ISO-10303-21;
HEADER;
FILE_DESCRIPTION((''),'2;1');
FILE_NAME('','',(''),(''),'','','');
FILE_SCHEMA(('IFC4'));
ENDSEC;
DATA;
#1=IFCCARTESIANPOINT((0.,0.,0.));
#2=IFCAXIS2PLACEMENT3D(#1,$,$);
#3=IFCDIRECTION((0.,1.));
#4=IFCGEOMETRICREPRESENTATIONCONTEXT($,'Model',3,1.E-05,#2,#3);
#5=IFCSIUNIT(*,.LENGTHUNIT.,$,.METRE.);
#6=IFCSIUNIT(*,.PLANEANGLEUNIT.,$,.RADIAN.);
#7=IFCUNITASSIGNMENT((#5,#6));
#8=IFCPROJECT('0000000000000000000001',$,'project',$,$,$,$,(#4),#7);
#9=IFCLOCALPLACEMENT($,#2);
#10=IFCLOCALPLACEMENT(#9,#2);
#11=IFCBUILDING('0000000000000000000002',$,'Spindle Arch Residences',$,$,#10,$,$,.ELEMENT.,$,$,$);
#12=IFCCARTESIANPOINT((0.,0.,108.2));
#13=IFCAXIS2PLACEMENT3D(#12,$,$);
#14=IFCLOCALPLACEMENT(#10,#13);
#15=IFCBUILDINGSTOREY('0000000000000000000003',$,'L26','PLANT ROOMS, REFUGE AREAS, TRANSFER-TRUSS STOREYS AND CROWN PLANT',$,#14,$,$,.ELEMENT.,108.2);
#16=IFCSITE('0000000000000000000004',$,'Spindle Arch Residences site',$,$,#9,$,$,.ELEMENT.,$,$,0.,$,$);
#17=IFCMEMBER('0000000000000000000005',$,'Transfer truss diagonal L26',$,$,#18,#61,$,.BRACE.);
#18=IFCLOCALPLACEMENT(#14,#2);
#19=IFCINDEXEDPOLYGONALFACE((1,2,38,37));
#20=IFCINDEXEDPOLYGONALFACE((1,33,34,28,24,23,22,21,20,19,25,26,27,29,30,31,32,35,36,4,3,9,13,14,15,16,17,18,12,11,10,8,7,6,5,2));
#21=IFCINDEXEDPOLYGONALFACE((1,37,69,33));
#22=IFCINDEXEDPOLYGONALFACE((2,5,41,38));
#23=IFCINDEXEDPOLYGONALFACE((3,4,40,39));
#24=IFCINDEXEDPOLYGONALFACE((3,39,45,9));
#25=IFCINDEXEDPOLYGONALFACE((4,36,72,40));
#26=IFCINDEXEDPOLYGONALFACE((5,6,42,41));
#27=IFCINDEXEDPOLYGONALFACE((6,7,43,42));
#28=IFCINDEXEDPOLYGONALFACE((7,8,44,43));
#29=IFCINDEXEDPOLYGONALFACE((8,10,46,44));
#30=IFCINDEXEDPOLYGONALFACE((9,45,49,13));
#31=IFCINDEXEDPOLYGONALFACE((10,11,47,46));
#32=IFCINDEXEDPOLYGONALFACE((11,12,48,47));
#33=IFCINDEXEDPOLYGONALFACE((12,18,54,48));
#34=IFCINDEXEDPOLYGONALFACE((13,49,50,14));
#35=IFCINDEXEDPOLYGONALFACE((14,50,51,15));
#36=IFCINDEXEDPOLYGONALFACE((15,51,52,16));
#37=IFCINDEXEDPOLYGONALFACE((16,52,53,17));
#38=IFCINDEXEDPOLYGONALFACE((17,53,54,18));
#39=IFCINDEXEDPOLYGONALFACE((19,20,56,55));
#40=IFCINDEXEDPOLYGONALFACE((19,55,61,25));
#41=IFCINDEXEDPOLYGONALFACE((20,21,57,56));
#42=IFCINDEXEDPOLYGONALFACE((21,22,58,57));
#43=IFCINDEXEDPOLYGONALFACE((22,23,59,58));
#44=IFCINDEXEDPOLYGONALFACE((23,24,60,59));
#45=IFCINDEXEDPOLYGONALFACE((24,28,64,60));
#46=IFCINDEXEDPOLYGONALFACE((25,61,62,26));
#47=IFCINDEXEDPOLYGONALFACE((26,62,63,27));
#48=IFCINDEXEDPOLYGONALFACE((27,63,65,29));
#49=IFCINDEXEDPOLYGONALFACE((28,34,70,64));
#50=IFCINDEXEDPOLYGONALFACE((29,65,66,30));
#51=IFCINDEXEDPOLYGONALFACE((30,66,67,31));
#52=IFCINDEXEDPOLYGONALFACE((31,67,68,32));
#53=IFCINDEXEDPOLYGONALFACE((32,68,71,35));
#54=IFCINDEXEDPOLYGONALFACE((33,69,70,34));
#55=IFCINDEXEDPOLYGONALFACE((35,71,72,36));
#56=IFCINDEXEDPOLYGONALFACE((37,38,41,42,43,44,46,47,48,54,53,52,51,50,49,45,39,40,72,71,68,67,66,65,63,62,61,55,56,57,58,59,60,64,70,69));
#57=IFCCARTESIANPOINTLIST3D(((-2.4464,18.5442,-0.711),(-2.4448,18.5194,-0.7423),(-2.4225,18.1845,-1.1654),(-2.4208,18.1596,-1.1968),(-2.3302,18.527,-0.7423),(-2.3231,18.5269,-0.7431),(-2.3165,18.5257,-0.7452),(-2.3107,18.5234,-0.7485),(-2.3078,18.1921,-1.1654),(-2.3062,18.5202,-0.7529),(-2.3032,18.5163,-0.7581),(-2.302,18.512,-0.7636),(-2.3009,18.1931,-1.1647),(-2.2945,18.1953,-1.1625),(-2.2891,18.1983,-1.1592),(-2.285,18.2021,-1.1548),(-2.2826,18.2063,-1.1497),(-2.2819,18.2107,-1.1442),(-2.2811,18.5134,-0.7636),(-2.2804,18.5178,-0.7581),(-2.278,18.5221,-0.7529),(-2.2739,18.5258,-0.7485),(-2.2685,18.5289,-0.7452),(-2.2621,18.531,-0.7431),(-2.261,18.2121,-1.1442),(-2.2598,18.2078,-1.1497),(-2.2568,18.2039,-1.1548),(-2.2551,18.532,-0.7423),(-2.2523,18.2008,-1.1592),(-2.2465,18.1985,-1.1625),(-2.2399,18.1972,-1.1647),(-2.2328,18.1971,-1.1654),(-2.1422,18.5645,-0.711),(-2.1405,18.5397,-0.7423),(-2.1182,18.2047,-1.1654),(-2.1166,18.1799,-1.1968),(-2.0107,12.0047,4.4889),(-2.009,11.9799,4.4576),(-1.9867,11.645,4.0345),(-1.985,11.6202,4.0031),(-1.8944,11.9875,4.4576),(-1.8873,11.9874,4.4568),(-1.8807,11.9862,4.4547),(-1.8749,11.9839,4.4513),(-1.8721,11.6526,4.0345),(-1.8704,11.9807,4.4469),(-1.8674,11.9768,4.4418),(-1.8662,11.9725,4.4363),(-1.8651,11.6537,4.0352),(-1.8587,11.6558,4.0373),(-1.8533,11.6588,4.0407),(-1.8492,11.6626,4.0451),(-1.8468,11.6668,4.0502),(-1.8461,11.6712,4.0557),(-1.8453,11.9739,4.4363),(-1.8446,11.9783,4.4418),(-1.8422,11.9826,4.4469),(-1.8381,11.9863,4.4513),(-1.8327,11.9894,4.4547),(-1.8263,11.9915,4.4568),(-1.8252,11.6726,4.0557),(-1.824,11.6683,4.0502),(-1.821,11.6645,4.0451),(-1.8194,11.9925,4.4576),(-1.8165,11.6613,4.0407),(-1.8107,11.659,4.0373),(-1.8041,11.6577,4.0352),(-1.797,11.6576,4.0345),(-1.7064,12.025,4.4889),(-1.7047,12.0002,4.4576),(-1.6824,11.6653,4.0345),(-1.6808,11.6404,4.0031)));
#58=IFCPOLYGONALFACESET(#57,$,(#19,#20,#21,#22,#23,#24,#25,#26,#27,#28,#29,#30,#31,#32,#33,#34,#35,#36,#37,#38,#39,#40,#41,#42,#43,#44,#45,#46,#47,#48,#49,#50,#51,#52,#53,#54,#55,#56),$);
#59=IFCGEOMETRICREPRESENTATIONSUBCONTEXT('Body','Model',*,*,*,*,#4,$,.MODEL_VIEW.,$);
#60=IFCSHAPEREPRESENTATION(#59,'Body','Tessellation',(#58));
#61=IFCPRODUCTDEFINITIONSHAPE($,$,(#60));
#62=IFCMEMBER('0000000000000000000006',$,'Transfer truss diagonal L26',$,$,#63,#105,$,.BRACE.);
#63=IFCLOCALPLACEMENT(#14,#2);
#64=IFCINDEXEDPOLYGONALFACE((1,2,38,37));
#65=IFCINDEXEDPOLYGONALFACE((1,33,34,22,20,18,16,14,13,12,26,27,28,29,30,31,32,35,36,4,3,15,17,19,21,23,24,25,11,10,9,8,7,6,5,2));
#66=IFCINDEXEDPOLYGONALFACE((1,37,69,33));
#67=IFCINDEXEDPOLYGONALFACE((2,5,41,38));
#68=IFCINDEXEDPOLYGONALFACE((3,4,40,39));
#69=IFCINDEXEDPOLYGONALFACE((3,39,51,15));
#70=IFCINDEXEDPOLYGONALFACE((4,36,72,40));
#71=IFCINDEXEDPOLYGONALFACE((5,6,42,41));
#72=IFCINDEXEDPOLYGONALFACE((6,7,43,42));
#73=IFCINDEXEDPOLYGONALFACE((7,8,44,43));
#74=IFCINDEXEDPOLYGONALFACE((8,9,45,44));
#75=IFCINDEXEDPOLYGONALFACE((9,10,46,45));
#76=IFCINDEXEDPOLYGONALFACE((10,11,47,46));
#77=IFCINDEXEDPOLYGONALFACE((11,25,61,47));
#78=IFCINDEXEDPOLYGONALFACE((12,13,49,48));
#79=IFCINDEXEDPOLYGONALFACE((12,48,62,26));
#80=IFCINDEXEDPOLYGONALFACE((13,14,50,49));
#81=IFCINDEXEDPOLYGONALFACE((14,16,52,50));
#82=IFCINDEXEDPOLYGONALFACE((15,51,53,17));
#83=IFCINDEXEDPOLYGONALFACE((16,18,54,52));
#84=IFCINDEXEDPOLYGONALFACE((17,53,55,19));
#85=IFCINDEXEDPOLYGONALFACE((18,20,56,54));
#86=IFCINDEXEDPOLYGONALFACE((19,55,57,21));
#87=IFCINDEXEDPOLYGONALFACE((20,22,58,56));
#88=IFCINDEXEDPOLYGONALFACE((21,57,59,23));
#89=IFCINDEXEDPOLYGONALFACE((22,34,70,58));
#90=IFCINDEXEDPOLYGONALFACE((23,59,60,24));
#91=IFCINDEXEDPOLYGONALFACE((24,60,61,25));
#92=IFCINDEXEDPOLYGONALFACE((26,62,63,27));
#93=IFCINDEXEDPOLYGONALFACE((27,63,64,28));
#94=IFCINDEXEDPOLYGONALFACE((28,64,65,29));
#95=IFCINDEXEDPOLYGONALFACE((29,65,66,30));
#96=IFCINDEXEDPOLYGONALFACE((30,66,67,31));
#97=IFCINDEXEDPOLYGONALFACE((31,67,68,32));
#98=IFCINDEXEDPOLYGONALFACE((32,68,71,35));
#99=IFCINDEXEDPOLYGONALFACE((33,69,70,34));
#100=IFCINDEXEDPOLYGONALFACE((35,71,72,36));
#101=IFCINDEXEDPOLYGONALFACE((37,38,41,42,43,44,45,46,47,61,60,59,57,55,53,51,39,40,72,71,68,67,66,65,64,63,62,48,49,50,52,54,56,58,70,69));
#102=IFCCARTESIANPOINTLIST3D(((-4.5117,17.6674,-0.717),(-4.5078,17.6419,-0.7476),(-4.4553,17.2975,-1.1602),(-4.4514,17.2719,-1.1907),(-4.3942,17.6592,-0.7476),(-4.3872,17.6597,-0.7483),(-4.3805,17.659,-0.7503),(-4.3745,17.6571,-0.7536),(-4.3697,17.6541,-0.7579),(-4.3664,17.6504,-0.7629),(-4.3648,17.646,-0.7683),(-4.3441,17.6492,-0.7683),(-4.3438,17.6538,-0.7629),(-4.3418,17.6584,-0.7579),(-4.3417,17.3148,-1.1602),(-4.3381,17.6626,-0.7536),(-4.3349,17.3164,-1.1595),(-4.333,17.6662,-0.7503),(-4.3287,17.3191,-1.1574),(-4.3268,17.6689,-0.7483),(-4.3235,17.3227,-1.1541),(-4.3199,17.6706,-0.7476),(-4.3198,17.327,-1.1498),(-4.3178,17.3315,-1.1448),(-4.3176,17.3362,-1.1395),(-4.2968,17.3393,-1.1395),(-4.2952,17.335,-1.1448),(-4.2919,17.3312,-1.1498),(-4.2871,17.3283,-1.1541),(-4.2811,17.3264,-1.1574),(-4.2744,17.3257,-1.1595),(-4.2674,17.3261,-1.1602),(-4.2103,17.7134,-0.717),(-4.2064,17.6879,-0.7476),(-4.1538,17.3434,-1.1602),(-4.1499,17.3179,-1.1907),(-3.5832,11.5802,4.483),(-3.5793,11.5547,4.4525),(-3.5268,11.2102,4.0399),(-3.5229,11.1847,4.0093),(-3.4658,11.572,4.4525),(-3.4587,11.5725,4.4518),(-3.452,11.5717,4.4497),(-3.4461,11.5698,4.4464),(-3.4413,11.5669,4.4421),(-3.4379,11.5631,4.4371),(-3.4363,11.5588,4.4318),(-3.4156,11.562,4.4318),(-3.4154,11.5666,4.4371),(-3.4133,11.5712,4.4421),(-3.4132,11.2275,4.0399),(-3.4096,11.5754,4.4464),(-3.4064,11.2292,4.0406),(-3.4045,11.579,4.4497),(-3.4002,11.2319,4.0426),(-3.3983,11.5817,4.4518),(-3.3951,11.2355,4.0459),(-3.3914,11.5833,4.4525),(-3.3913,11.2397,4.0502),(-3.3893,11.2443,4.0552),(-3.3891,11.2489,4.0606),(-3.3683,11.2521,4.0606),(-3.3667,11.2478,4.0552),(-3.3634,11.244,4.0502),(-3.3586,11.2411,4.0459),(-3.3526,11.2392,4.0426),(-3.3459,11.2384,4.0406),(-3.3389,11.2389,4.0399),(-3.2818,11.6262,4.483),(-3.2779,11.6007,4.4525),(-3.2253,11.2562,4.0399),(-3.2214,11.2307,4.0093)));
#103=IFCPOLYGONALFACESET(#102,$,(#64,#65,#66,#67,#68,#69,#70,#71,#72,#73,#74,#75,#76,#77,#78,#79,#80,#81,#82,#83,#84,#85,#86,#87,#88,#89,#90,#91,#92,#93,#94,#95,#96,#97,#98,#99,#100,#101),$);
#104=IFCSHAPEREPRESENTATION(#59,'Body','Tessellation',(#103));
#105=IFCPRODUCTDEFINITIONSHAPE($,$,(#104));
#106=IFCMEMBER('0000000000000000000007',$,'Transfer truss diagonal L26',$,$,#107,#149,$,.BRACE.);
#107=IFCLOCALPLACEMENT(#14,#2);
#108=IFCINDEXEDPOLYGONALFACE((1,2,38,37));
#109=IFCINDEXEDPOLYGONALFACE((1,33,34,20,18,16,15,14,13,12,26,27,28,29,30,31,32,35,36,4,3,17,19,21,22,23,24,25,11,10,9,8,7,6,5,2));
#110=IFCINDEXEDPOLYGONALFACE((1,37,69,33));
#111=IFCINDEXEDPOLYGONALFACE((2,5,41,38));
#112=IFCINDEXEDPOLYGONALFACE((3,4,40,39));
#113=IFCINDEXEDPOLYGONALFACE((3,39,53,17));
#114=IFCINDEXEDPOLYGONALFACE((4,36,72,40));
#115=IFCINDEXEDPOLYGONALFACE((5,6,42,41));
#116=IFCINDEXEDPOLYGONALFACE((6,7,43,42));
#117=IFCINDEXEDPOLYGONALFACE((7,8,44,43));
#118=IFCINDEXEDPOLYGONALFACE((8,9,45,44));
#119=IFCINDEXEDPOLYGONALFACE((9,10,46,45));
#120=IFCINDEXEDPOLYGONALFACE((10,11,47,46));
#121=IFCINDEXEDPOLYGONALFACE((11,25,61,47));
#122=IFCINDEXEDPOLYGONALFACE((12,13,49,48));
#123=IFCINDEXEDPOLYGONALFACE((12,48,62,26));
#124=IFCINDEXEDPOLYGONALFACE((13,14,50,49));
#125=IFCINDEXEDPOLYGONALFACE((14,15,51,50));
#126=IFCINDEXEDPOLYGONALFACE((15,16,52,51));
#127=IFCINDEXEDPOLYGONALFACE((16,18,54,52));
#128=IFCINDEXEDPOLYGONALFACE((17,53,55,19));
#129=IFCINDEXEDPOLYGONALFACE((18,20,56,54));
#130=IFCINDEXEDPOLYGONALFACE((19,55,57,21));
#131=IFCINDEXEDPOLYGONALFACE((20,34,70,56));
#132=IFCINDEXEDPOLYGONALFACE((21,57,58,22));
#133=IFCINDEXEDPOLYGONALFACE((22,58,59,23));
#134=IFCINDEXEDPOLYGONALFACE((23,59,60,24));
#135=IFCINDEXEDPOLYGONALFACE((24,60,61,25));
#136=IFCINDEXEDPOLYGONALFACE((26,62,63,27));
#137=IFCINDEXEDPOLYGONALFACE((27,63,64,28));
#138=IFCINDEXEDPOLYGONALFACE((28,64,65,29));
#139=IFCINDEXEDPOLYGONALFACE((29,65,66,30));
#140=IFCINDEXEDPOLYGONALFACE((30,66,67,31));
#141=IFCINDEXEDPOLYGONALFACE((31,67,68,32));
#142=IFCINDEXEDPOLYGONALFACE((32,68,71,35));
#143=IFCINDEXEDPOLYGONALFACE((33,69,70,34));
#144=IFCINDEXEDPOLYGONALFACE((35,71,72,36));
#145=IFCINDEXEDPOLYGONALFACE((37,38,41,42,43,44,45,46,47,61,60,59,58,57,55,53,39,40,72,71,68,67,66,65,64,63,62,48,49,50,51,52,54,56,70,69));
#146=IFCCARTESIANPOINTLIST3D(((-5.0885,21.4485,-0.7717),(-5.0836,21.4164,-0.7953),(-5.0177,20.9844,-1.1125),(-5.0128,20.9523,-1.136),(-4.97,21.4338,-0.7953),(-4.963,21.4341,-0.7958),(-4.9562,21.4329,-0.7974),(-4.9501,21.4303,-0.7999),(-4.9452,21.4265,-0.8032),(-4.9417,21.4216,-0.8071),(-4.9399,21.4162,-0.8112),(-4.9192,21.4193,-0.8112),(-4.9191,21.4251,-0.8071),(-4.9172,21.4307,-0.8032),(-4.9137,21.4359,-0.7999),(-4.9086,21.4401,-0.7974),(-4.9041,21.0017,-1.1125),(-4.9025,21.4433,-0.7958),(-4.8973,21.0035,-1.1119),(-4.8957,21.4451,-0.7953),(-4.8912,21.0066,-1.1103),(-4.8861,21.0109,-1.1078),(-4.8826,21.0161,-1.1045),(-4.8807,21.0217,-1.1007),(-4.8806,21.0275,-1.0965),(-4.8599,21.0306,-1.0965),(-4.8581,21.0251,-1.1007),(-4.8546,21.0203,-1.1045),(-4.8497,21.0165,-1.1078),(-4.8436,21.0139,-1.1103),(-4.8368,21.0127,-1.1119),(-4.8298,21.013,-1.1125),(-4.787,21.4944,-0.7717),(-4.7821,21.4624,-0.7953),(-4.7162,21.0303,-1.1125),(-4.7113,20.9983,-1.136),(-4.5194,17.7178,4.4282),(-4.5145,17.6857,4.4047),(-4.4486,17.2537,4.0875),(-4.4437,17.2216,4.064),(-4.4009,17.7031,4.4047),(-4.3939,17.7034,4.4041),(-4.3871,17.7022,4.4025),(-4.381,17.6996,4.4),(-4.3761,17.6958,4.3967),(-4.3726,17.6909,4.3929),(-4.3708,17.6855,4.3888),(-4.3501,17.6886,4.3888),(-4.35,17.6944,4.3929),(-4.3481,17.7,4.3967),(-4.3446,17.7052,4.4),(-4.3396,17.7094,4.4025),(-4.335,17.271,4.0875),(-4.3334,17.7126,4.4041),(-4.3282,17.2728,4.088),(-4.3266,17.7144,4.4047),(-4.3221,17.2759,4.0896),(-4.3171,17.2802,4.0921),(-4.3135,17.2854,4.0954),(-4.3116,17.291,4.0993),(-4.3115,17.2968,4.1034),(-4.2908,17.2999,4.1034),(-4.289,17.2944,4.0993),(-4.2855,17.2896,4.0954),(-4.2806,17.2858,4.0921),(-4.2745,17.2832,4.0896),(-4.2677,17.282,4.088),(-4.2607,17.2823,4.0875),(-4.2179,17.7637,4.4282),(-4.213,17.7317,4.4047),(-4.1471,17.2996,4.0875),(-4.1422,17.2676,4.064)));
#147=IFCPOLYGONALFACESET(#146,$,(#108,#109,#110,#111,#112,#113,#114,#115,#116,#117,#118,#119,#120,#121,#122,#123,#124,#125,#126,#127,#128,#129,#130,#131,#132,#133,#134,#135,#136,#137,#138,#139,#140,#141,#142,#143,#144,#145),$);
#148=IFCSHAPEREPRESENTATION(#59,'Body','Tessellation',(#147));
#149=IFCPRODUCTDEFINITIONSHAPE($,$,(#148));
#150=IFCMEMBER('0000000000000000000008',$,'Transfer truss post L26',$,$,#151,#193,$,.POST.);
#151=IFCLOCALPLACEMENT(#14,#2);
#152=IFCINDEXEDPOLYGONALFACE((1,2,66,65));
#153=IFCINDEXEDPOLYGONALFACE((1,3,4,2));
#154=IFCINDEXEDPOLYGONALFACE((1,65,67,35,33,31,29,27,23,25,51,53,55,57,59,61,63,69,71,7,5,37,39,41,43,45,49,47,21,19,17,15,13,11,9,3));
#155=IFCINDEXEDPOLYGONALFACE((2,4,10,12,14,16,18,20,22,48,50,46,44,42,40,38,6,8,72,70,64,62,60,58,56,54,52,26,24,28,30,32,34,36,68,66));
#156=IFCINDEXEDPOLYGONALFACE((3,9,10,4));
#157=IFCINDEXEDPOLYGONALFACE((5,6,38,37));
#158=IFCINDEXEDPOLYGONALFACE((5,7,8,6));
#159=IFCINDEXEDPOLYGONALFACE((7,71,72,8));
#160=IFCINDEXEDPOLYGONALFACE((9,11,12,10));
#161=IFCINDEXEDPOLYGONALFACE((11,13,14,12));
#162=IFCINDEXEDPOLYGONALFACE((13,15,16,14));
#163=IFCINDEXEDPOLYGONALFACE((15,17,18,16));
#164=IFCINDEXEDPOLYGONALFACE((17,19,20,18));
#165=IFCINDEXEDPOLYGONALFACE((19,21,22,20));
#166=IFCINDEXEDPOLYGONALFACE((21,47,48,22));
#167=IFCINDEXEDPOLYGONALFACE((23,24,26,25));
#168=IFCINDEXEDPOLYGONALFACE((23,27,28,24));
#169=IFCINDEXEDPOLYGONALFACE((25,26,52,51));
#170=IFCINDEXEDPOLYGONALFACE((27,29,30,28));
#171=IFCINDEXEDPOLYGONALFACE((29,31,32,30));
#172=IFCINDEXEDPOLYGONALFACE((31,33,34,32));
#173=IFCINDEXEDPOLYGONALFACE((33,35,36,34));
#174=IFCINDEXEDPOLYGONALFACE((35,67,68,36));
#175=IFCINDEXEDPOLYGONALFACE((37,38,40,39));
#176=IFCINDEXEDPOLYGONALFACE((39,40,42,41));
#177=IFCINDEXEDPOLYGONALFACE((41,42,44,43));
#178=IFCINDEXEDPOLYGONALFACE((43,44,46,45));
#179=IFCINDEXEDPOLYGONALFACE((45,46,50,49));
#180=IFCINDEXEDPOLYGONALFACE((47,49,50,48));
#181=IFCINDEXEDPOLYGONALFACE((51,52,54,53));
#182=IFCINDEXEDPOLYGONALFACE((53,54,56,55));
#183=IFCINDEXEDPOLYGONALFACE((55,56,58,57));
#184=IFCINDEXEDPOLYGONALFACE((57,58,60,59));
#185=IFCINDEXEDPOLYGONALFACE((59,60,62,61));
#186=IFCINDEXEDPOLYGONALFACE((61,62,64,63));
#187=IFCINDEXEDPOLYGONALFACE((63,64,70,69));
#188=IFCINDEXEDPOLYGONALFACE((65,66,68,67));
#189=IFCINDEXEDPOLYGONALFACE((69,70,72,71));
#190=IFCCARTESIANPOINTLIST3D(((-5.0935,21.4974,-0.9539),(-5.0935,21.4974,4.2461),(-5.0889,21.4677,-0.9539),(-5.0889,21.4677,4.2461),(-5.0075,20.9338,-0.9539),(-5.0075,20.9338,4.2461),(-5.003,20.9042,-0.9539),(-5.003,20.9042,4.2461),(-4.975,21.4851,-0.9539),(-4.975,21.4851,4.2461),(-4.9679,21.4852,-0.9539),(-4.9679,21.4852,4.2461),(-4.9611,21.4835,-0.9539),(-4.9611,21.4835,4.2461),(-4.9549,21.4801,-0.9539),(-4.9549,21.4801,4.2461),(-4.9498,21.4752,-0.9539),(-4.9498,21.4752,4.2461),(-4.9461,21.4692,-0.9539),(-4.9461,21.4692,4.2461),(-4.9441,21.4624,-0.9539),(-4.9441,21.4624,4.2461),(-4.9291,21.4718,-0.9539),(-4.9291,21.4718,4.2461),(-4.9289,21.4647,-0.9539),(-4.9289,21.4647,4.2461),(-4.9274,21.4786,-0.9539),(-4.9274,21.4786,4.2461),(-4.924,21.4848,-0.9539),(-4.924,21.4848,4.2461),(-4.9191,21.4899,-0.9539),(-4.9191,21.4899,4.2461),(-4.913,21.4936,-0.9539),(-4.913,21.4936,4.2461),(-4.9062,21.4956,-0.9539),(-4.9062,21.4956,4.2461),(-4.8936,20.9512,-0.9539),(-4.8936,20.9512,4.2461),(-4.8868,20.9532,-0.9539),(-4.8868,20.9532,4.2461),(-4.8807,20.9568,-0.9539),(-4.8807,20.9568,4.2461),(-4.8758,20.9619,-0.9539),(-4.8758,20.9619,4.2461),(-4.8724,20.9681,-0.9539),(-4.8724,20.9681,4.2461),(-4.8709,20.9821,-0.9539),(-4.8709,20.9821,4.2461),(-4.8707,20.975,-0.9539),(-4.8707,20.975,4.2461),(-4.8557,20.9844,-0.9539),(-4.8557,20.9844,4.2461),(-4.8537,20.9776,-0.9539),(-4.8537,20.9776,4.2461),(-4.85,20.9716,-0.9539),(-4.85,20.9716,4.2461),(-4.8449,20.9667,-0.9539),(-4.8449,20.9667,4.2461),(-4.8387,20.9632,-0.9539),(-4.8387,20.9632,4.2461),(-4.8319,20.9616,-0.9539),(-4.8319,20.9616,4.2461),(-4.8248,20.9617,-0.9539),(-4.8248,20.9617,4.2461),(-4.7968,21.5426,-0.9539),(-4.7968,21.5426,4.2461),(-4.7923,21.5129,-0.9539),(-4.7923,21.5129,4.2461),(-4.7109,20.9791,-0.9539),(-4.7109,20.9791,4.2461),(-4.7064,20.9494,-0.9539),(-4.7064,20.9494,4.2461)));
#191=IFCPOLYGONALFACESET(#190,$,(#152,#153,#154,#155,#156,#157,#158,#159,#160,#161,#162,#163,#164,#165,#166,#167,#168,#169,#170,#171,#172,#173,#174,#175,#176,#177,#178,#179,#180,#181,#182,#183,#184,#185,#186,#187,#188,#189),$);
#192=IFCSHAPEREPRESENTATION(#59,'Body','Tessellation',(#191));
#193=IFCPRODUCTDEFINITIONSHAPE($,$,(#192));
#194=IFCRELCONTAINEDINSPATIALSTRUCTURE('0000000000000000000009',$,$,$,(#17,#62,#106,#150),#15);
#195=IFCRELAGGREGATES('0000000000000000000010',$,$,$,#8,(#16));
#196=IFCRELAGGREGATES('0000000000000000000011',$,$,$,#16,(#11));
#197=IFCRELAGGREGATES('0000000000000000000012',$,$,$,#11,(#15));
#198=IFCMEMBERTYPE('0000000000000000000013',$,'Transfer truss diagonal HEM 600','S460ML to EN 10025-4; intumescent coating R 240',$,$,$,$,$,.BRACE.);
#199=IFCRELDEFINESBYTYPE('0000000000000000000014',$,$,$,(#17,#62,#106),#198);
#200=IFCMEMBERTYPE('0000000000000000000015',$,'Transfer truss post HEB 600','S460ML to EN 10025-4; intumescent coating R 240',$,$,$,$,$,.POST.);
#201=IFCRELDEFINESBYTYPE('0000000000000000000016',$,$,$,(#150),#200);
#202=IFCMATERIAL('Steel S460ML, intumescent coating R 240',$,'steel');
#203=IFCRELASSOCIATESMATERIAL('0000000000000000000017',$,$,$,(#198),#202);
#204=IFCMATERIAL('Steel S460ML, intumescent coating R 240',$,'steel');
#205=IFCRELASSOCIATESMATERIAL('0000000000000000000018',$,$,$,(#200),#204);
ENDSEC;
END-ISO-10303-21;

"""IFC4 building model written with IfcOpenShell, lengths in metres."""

from ifc_helpers import new_model, si_unit, direction, frame, origin, origin_2d, place, context, subcontext, project, spatial, i_section, extrude, material, material_profile, profile_set, type_object, element, save


model = new_model("IFC4")

# Units and contexts
model_context = context("Model", 3, precision=1e-05, world=origin(), true_north=direction((0.0, 1.0)))
body_context = subcontext(model_context, "Body", "Model", "MODEL_VIEW")
ifc_project = project(units=[si_unit("LENGTHUNIT", "METRE"), si_unit("PLANEANGLEUNIT", "RADIAN")], contexts=[model_context])

# Site, building, storey
site_placement = place(None, origin())
site = spatial("IfcSite", under=ifc_project, at=site_placement, Name="Spindle Arch Residences site", CompositionType="ELEMENT", RefElevation=0.0)
building_placement = place(site_placement, origin())
building = spatial("IfcBuilding", under=site, at=building_placement, Name="Spindle Arch Residences", CompositionType="ELEMENT")
storey_placement = place(building_placement, frame((0.0, 0.0, 108.2)))
storey = spatial("IfcBuildingStorey", under=building, at=storey_placement, Name="L26", Description="PLANT ROOMS, REFUGE AREAS, TRANSFER-TRUSS STOREYS AND CROWN PLANT", CompositionType="ELEMENT", Elevation=108.2)

# Members
ifc_material_1 = material(Name="Steel S460ML, intumescent coating R 240", Category="steel")
ifc_material_profile_1 = material_profile(ifc_material_1, i_section(OverallWidth=0.3049, OverallDepth=0.6201, WebThickness=0.021, FlangeThickness=0.04, FilletRadius=0.0271, at=origin_2d()), Name="HEM 600")
ifc_profile_set_1 = profile_set([ifc_material_profile_1], Name="Steel S460ML, intumescent coating R 240")
member_type_1 = type_object("IfcMemberType", Name="Transfer truss diagonal HEM 600", Description="S460ML to EN 10025-4; intumescent coating R 240", PredefinedType="BRACE", material=ifc_profile_set_1)
member_1_placement = place(storey_placement, frame((-2.2815, 18.3621, -0.9539), z_axis=(0.052089, -0.781653, 0.621535), x_axis=(0.997787, 0.066492, 0.0)))
element("IfcMember", 1, at=member_1_placement, inside=storey, type_object=member_type_1, Name="Transfer truss diagonal L26", PredefinedType="BRACE", context=body_context, shape_type="SweptSolid", body=[
    extrude(i_section(OverallWidth=0.3049, OverallDepth=0.6201, WebThickness=0.021, FlangeThickness=0.04, FilletRadius=0.0271, at=origin_2d()), origin(), (0.0, 0.0, 1.0), 8.3662),
])
member_2_placement = place(storey_placement, frame((-4.3308, 17.4927, -0.9539), z_axis=(0.115202, -0.75528, 0.645198), x_axis=(0.988567, 0.150785, 0.0)))
element("IfcMember", 2, at=member_2_placement, inside=storey, type_object=member_type_1, Name="Transfer truss diagonal L26", PredefinedType="BRACE", context=body_context, shape_type="SweptSolid", body=[
    extrude(i_section(OverallWidth=0.3049, OverallDepth=0.6201, WebThickness=0.021, FlangeThickness=0.04, FilletRadius=0.0271, at=origin_2d()), origin(), (0.0, 0.0, 1.0), 8.0596),
])
member_3_placement = place(storey_placement, frame((-4.8999, 21.2234, -0.9539), z_axis=(0.088574, -0.580649, 0.809322), x_axis=(0.988565, 0.150798, 0.0)))
element("IfcMember", 3, at=member_3_placement, inside=storey, type_object=member_type_1, Name="Transfer truss diagonal L26", PredefinedType="BRACE", context=body_context, shape_type="SweptSolid", body=[
    extrude(i_section(OverallWidth=0.3049, OverallDepth=0.6201, WebThickness=0.021, FlangeThickness=0.04, FilletRadius=0.0271, at=origin_2d()), origin(), (0.0, 0.0, 1.0), 6.425),
])
ifc_material_2 = material(Name="Steel S460ML, intumescent coating R 240", Category="steel")
ifc_material_profile_2 = material_profile(ifc_material_2, i_section(OverallWidth=0.3, OverallDepth=0.6001, WebThickness=0.0154, FlangeThickness=0.03, FilletRadius=0.0271, at=origin_2d()), Name="HEB 600")
ifc_profile_set_2 = profile_set([ifc_material_profile_2], Name="Steel S460ML, intumescent coating R 240")
member_type_2 = type_object("IfcMemberType", Name="Transfer truss post HEB 600", Description="S460ML to EN 10025-4; intumescent coating R 240", PredefinedType="POST", material=ifc_profile_set_2)
member_4_placement = place(storey_placement, frame((-4.8999, 21.2234, -0.9539), z_axis=(0.0, 0.0, 1.0), x_axis=(0.988569, 0.150772, 0.0)))
element("IfcMember", 4, at=member_4_placement, inside=storey, type_object=member_type_2, Name="Transfer truss post L26", PredefinedType="POST", context=body_context, shape_type="SweptSolid", body=[
    extrude(i_section(OverallWidth=0.3, OverallDepth=0.6001, WebThickness=0.0154, FlangeThickness=0.03, FilletRadius=0.0271, at=origin_2d()), origin(), (0.0, 0.0, 1.0), 5.2),
])

save(model, "model.ifc")
